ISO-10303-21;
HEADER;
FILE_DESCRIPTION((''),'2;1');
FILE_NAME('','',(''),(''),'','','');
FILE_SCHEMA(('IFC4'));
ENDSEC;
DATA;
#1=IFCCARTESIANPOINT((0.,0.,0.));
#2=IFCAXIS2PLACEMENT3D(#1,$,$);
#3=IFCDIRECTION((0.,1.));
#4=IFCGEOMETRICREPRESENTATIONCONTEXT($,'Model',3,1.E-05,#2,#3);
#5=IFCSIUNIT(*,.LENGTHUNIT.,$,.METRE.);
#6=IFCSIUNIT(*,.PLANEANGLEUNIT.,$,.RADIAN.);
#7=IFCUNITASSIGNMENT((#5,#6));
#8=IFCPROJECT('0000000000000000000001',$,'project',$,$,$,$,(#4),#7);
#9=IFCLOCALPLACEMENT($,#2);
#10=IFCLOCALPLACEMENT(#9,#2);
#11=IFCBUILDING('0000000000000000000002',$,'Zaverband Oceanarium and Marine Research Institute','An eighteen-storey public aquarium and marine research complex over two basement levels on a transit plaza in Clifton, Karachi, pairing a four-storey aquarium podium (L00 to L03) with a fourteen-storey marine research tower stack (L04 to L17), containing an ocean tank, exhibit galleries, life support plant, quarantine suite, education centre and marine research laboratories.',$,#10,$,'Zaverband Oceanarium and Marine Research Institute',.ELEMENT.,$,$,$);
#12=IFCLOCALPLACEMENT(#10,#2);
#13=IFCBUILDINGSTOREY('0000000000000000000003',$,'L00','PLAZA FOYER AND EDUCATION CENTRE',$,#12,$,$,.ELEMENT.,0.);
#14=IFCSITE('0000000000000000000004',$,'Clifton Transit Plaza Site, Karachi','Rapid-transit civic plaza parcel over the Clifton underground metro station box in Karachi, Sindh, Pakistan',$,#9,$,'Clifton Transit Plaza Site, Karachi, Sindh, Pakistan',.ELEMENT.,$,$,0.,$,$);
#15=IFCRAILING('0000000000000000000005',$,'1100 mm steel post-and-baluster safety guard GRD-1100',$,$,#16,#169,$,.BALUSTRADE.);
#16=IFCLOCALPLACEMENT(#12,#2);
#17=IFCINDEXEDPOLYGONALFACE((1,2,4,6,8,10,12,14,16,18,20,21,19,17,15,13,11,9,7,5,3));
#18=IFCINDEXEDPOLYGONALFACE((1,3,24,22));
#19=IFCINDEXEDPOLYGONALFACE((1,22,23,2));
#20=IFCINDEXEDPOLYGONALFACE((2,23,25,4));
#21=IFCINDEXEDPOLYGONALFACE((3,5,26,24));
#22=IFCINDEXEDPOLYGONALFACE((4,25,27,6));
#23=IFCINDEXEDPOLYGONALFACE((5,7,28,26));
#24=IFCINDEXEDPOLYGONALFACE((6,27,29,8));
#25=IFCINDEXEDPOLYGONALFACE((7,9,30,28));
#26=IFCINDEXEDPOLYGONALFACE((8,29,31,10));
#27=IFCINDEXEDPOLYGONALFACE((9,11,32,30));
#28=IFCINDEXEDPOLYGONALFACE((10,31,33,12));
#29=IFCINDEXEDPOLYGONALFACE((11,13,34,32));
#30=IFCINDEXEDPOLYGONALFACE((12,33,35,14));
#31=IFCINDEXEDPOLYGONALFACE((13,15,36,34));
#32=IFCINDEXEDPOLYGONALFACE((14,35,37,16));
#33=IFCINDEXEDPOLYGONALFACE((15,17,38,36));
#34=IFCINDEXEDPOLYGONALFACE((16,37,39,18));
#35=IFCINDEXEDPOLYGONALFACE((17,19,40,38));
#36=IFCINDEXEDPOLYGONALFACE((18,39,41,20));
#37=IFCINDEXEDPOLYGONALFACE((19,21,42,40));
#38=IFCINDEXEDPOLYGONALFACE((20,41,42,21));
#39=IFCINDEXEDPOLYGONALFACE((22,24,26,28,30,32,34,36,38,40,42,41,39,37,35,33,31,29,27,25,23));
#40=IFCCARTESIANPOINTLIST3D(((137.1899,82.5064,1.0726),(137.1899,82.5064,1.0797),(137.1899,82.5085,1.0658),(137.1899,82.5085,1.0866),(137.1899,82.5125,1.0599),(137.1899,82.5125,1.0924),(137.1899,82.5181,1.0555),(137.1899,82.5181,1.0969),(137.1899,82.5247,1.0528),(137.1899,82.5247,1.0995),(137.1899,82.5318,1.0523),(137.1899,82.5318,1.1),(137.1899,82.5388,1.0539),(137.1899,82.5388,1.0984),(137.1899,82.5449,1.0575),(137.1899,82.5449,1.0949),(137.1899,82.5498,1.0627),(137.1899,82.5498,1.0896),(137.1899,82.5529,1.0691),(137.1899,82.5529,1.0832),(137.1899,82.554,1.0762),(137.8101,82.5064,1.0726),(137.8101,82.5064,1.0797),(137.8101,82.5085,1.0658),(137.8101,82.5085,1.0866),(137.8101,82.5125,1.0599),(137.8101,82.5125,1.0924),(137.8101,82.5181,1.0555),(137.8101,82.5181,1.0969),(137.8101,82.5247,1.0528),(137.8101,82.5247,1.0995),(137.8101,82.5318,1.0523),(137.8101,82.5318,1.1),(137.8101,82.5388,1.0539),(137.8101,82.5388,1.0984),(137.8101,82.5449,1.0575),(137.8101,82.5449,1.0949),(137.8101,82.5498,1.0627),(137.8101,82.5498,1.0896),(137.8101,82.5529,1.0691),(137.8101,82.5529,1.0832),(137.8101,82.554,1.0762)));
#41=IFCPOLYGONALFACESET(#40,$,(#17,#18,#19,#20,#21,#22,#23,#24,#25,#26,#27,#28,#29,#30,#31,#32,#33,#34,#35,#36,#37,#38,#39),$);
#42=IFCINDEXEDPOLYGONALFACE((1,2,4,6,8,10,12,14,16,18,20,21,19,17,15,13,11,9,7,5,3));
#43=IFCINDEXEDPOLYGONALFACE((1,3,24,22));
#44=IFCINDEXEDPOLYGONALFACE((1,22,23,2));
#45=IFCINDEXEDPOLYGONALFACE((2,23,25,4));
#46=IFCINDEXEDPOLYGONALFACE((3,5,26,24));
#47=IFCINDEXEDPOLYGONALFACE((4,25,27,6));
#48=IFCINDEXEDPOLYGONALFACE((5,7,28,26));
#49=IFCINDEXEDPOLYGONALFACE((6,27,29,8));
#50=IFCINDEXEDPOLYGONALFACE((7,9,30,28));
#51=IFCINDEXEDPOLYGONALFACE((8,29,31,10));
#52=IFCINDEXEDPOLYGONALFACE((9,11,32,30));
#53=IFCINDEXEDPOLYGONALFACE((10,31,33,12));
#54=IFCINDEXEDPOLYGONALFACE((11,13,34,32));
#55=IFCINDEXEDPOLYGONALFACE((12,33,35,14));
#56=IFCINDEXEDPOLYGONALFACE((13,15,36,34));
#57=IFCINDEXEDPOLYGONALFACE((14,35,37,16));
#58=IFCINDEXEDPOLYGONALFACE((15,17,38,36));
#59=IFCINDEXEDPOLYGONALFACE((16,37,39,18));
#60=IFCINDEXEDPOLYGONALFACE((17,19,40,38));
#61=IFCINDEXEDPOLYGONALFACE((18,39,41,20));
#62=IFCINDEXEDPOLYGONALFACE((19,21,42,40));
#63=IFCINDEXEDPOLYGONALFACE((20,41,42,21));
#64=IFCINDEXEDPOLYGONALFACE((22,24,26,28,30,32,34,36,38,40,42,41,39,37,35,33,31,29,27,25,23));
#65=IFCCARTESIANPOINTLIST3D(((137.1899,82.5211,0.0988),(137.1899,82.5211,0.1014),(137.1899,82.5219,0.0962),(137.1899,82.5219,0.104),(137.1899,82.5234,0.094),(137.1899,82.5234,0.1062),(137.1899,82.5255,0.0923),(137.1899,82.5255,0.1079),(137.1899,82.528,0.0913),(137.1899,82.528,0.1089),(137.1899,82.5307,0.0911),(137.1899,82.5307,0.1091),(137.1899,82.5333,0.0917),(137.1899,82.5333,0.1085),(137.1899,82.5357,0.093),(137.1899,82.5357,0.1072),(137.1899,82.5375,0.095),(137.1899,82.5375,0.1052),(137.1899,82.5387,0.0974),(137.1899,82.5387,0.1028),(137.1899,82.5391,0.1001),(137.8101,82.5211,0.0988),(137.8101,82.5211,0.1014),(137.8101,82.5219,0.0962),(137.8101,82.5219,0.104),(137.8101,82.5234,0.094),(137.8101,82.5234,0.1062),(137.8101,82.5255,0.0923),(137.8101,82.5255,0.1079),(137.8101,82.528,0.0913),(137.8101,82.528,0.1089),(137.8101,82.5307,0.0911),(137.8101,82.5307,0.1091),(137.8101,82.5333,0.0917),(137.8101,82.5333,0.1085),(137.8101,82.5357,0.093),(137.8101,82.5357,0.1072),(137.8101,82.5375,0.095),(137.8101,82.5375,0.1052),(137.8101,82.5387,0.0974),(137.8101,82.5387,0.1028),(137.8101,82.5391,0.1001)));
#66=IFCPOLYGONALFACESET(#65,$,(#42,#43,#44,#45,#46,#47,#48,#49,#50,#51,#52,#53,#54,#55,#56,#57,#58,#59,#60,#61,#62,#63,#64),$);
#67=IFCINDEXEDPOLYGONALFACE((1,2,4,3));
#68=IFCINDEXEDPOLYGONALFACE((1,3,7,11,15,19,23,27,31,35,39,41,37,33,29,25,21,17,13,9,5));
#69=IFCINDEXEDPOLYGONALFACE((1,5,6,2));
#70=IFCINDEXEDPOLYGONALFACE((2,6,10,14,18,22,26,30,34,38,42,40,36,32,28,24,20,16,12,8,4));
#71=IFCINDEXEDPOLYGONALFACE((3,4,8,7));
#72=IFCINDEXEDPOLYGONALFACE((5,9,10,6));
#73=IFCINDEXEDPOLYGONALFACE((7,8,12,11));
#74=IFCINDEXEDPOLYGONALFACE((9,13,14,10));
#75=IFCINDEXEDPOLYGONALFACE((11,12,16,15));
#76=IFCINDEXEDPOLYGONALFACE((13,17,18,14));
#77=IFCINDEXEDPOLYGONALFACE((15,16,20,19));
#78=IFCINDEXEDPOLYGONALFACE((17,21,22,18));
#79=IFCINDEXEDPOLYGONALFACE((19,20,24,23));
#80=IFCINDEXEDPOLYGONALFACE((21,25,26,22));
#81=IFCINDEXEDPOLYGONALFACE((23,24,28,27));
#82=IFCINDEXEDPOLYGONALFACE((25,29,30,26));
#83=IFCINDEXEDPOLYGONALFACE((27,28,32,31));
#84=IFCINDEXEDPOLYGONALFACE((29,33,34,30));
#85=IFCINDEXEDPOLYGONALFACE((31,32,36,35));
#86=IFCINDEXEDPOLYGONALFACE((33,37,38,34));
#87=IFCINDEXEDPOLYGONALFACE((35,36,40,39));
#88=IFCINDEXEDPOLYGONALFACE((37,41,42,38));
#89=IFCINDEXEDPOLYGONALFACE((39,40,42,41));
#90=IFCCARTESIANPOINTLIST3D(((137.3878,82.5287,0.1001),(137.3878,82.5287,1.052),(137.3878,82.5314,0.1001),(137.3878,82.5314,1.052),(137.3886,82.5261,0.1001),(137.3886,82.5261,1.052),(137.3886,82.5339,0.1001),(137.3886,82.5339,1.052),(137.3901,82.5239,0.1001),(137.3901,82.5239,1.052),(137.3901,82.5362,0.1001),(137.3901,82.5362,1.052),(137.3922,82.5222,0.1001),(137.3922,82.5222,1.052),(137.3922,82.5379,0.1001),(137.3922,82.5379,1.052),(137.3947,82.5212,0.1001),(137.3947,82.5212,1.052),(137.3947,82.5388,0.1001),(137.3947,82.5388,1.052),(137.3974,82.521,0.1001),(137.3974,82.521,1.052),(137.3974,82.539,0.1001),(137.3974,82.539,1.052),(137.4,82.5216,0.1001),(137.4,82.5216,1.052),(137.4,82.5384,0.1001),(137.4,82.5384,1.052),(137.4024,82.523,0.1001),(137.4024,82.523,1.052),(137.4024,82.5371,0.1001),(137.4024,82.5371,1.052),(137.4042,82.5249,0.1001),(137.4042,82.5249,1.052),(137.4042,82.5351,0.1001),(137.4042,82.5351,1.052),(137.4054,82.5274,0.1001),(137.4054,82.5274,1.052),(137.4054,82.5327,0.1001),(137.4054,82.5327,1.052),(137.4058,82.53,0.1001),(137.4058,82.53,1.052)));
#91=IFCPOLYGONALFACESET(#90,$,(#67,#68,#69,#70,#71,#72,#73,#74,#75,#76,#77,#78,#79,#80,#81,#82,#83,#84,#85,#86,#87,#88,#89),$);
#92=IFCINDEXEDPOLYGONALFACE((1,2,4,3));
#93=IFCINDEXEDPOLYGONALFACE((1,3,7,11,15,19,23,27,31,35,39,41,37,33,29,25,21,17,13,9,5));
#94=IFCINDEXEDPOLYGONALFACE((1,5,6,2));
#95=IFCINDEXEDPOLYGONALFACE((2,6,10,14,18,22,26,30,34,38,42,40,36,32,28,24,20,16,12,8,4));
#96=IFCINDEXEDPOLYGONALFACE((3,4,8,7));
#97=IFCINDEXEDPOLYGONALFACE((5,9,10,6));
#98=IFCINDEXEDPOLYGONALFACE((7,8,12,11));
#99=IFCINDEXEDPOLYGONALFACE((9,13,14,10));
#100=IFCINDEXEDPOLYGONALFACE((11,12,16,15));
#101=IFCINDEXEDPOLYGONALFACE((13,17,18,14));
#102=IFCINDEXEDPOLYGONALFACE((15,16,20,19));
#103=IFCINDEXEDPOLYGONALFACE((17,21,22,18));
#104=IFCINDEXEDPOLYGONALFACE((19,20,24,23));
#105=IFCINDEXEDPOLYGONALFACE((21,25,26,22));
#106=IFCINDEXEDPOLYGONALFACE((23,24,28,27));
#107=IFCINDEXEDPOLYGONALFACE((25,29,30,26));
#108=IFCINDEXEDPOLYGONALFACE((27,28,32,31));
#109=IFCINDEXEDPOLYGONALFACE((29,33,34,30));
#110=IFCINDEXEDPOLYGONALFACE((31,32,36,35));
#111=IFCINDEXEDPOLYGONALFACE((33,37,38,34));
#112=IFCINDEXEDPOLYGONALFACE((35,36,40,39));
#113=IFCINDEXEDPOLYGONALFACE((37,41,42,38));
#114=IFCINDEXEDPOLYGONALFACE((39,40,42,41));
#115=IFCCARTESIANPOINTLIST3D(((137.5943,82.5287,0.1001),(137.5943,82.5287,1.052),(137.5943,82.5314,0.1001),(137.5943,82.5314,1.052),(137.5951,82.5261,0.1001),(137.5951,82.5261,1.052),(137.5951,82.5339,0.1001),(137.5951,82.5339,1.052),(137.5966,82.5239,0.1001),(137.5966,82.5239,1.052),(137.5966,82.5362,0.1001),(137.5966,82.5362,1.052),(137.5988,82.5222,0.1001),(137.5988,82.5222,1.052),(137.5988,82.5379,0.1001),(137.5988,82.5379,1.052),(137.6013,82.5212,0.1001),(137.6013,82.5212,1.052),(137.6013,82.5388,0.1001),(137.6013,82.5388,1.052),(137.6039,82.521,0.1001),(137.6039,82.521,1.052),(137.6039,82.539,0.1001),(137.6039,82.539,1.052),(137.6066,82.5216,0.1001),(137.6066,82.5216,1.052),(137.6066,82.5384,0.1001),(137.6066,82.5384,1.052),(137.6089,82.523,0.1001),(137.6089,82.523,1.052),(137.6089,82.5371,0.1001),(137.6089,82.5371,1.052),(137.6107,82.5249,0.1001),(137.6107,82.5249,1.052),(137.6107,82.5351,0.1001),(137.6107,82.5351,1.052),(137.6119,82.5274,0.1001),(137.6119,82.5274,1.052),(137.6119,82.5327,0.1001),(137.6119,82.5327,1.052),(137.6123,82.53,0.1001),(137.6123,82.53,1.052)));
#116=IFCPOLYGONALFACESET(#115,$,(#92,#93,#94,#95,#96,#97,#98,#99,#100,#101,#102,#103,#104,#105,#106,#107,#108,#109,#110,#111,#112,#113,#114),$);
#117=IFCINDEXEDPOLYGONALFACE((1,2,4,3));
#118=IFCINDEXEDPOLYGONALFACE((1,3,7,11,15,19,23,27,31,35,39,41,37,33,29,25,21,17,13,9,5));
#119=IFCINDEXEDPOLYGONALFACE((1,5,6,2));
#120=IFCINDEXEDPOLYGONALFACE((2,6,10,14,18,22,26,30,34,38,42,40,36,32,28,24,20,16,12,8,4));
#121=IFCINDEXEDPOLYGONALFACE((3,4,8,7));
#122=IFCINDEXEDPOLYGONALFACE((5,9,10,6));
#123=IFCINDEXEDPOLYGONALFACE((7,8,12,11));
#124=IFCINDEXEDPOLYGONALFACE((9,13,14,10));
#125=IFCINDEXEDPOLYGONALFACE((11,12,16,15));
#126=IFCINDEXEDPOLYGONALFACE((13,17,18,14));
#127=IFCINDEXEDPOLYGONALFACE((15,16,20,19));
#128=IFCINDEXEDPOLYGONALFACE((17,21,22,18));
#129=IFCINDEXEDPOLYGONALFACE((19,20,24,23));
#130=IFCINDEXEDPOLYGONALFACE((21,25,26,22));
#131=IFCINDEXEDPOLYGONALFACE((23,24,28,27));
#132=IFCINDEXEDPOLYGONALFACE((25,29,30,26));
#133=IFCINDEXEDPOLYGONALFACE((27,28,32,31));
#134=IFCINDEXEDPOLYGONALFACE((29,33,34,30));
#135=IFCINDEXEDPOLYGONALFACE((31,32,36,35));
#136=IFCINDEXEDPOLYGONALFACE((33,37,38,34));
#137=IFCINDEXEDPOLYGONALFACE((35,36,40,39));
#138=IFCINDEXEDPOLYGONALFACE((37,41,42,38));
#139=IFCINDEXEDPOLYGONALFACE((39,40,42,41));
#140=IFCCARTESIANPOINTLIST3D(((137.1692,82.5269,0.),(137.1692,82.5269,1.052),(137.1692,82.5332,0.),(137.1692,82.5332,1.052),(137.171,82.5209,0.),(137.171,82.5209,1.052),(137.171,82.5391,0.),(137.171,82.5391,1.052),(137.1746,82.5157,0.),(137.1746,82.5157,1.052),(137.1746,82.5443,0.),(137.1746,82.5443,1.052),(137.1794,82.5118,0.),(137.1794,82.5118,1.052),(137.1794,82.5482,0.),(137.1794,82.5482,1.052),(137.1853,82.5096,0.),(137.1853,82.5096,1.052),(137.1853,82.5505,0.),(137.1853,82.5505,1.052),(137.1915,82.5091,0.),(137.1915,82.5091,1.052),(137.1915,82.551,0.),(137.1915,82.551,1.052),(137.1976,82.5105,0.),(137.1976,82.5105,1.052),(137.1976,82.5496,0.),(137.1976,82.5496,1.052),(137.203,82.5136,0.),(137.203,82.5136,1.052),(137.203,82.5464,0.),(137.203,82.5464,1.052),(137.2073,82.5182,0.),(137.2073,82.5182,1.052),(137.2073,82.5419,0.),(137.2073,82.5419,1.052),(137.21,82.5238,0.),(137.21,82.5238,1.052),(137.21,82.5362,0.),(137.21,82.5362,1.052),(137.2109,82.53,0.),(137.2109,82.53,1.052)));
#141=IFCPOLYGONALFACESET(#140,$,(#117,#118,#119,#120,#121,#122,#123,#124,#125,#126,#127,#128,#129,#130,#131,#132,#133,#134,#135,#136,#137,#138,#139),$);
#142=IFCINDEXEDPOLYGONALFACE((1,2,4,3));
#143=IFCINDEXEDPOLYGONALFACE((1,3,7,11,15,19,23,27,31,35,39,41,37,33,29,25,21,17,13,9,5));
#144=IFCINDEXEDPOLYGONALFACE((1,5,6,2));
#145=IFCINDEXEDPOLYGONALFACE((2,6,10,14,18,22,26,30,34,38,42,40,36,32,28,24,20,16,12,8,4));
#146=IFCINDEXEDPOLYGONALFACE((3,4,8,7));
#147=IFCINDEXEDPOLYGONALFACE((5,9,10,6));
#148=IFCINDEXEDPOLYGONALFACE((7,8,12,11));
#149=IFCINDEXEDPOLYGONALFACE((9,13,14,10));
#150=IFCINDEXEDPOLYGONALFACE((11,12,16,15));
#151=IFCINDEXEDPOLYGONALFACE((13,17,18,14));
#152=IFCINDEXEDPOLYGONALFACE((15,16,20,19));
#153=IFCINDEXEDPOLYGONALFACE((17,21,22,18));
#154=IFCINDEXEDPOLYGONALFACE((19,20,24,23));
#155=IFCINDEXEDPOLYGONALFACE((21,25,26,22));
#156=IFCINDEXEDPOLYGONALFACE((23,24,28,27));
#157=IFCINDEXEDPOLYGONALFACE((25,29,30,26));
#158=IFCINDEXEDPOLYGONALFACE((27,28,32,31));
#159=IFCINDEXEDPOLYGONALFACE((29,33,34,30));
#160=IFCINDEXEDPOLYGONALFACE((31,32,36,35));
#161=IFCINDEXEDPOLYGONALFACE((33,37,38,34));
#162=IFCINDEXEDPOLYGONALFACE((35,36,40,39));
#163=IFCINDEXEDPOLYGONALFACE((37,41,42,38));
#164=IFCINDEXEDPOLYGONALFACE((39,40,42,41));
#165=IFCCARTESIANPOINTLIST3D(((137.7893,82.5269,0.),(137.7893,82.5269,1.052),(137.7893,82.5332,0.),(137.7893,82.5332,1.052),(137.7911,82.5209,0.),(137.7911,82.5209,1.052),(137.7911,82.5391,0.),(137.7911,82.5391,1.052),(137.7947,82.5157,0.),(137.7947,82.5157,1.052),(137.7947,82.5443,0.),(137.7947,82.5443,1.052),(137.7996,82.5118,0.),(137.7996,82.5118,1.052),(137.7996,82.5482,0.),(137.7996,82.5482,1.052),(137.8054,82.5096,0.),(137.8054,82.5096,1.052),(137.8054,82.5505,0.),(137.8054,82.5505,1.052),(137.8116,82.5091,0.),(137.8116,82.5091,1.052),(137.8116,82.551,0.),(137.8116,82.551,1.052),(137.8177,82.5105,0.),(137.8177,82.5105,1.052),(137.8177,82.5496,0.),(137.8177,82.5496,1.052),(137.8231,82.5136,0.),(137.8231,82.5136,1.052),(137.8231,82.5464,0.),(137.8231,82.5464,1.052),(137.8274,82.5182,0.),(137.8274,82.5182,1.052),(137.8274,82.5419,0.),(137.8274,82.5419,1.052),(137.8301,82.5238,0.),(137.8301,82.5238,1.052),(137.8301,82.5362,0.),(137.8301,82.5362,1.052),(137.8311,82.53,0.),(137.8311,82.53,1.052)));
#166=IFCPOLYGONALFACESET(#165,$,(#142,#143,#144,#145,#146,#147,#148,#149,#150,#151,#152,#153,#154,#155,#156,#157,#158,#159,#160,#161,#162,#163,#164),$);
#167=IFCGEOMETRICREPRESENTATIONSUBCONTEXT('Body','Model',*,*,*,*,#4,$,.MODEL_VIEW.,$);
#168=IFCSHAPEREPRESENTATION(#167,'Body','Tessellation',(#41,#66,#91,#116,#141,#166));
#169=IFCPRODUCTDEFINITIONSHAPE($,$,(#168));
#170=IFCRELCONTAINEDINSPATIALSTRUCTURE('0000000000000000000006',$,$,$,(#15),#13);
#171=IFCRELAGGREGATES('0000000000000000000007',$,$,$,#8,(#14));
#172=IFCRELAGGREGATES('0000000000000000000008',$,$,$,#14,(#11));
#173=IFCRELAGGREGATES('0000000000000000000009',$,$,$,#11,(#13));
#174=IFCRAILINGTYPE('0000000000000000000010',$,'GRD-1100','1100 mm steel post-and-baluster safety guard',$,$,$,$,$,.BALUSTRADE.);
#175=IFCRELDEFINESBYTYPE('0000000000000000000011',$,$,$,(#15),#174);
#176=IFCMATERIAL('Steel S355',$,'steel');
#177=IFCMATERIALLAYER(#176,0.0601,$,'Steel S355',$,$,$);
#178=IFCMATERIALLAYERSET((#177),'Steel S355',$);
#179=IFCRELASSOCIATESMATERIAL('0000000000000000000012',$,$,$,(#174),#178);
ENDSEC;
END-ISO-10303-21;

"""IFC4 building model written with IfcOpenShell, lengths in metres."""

from ifc_helpers import new_model, si_unit, direction, frame, origin, origin_2d, place, context, subcontext, project, spatial, circle, extrude, material, layer, layer_set, type_object, element, save


model = new_model("IFC4")

# Units and contexts
model_context = context("Model", 3, precision=1e-05, world=origin(), true_north=direction((0.0, 1.0)))
body_context = subcontext(model_context, "Body", "Model", "MODEL_VIEW")
ifc_project = project(units=[si_unit("LENGTHUNIT", "METRE"), si_unit("PLANEANGLEUNIT", "RADIAN")], contexts=[model_context])

# Site, building, storey
site_placement = place(None, origin())
site = spatial("IfcSite", under=ifc_project, at=site_placement, Name="Clifton Transit Plaza Site, Karachi", Description="Rapid-transit civic plaza parcel over the Clifton underground metro station box in Karachi, Sindh, Pakistan", LongName="Clifton Transit Plaza Site, Karachi, Sindh, Pakistan", CompositionType="ELEMENT", RefElevation=0.0)
building_placement = place(site_placement, origin())
building = spatial("IfcBuilding", under=site, at=building_placement, Name="Zaverband Oceanarium and Marine Research Institute", Description="An eighteen-storey public aquarium and marine research complex over two basement levels on a transit plaza in Clifton, Karachi, pairing a four-storey aquarium podium (L00 to L03) with a fourteen-storey marine research tower stack (L04 to L17), containing an ocean tank, exhibit galleries, life support plant, quarantine suite, education centre and marine research laboratories.", LongName="Zaverband Oceanarium and Marine Research Institute", CompositionType="ELEMENT")
storey_placement = place(building_placement, origin())
storey = spatial("IfcBuildingStorey", under=building, at=storey_placement, Name="L00", Description="PLAZA FOYER AND EDUCATION CENTRE", CompositionType="ELEMENT", Elevation=0.0)

# Shared definitions
ifc_material_1 = material(Name="Steel S355", Category="steel")

# Railing
ifc_layer_1 = layer(ifc_material_1, 0.0601, Name="Steel S355")
ifc_layer_set_1 = layer_set([ifc_layer_1], Name="Steel S355")
railing_type_1 = type_object("IfcRailingType", Name="GRD-1100", Description="1100 mm steel post-and-baluster safety guard", PredefinedType="BALUSTRADE", material=ifc_layer_set_1)
for number, where, name in (
    (1, (137.1899, 82.53, 0.0), "1100 mm steel post-and-baluster safety guard GRD-1100"),
):
    element("IfcRailing", number, at=place(storey_placement, frame(where)), inside=storey, type_object=railing_type_1, Name=name, PredefinedType="BALUSTRADE", context=body_context, shape_type="SweptSolid", body=[
        extrude(circle(Radius=0.0239, at=origin_2d()), frame((0.0, 0.0, 1.0762), z_axis=(1.0, 0.0, 0.0), x_axis=(0.0, 1.0, 0.0)), (0.0, 0.0, 1.0), 0.6201),
        extrude(circle(Radius=0.009, at=origin_2d()), frame((0.0, 0.0, 0.1001), z_axis=(1.0, 0.0, 0.0), x_axis=(0.0, 1.0, 0.0)), (0.0, 0.0, 1.0), 0.6201),
        extrude(circle(Radius=0.009, at=origin_2d()), frame((0.2068, 0.0, 0.1001)), (0.0, 0.0, 1.0), 0.9519),
        extrude(circle(Radius=0.009, at=origin_2d()), frame((0.4133, 0.0, 0.1001)), (0.0, 0.0, 1.0), 0.9519),
        extrude(circle(Radius=0.021, at=origin_2d()), origin(), (0.0, 0.0, 1.0), 1.052),
        extrude(circle(Radius=0.021, at=origin_2d()), frame((0.6201, 0.0, 0.0)), (0.0, 0.0, 1.0), 1.052),
    ])

save(model, "model.ifc")
